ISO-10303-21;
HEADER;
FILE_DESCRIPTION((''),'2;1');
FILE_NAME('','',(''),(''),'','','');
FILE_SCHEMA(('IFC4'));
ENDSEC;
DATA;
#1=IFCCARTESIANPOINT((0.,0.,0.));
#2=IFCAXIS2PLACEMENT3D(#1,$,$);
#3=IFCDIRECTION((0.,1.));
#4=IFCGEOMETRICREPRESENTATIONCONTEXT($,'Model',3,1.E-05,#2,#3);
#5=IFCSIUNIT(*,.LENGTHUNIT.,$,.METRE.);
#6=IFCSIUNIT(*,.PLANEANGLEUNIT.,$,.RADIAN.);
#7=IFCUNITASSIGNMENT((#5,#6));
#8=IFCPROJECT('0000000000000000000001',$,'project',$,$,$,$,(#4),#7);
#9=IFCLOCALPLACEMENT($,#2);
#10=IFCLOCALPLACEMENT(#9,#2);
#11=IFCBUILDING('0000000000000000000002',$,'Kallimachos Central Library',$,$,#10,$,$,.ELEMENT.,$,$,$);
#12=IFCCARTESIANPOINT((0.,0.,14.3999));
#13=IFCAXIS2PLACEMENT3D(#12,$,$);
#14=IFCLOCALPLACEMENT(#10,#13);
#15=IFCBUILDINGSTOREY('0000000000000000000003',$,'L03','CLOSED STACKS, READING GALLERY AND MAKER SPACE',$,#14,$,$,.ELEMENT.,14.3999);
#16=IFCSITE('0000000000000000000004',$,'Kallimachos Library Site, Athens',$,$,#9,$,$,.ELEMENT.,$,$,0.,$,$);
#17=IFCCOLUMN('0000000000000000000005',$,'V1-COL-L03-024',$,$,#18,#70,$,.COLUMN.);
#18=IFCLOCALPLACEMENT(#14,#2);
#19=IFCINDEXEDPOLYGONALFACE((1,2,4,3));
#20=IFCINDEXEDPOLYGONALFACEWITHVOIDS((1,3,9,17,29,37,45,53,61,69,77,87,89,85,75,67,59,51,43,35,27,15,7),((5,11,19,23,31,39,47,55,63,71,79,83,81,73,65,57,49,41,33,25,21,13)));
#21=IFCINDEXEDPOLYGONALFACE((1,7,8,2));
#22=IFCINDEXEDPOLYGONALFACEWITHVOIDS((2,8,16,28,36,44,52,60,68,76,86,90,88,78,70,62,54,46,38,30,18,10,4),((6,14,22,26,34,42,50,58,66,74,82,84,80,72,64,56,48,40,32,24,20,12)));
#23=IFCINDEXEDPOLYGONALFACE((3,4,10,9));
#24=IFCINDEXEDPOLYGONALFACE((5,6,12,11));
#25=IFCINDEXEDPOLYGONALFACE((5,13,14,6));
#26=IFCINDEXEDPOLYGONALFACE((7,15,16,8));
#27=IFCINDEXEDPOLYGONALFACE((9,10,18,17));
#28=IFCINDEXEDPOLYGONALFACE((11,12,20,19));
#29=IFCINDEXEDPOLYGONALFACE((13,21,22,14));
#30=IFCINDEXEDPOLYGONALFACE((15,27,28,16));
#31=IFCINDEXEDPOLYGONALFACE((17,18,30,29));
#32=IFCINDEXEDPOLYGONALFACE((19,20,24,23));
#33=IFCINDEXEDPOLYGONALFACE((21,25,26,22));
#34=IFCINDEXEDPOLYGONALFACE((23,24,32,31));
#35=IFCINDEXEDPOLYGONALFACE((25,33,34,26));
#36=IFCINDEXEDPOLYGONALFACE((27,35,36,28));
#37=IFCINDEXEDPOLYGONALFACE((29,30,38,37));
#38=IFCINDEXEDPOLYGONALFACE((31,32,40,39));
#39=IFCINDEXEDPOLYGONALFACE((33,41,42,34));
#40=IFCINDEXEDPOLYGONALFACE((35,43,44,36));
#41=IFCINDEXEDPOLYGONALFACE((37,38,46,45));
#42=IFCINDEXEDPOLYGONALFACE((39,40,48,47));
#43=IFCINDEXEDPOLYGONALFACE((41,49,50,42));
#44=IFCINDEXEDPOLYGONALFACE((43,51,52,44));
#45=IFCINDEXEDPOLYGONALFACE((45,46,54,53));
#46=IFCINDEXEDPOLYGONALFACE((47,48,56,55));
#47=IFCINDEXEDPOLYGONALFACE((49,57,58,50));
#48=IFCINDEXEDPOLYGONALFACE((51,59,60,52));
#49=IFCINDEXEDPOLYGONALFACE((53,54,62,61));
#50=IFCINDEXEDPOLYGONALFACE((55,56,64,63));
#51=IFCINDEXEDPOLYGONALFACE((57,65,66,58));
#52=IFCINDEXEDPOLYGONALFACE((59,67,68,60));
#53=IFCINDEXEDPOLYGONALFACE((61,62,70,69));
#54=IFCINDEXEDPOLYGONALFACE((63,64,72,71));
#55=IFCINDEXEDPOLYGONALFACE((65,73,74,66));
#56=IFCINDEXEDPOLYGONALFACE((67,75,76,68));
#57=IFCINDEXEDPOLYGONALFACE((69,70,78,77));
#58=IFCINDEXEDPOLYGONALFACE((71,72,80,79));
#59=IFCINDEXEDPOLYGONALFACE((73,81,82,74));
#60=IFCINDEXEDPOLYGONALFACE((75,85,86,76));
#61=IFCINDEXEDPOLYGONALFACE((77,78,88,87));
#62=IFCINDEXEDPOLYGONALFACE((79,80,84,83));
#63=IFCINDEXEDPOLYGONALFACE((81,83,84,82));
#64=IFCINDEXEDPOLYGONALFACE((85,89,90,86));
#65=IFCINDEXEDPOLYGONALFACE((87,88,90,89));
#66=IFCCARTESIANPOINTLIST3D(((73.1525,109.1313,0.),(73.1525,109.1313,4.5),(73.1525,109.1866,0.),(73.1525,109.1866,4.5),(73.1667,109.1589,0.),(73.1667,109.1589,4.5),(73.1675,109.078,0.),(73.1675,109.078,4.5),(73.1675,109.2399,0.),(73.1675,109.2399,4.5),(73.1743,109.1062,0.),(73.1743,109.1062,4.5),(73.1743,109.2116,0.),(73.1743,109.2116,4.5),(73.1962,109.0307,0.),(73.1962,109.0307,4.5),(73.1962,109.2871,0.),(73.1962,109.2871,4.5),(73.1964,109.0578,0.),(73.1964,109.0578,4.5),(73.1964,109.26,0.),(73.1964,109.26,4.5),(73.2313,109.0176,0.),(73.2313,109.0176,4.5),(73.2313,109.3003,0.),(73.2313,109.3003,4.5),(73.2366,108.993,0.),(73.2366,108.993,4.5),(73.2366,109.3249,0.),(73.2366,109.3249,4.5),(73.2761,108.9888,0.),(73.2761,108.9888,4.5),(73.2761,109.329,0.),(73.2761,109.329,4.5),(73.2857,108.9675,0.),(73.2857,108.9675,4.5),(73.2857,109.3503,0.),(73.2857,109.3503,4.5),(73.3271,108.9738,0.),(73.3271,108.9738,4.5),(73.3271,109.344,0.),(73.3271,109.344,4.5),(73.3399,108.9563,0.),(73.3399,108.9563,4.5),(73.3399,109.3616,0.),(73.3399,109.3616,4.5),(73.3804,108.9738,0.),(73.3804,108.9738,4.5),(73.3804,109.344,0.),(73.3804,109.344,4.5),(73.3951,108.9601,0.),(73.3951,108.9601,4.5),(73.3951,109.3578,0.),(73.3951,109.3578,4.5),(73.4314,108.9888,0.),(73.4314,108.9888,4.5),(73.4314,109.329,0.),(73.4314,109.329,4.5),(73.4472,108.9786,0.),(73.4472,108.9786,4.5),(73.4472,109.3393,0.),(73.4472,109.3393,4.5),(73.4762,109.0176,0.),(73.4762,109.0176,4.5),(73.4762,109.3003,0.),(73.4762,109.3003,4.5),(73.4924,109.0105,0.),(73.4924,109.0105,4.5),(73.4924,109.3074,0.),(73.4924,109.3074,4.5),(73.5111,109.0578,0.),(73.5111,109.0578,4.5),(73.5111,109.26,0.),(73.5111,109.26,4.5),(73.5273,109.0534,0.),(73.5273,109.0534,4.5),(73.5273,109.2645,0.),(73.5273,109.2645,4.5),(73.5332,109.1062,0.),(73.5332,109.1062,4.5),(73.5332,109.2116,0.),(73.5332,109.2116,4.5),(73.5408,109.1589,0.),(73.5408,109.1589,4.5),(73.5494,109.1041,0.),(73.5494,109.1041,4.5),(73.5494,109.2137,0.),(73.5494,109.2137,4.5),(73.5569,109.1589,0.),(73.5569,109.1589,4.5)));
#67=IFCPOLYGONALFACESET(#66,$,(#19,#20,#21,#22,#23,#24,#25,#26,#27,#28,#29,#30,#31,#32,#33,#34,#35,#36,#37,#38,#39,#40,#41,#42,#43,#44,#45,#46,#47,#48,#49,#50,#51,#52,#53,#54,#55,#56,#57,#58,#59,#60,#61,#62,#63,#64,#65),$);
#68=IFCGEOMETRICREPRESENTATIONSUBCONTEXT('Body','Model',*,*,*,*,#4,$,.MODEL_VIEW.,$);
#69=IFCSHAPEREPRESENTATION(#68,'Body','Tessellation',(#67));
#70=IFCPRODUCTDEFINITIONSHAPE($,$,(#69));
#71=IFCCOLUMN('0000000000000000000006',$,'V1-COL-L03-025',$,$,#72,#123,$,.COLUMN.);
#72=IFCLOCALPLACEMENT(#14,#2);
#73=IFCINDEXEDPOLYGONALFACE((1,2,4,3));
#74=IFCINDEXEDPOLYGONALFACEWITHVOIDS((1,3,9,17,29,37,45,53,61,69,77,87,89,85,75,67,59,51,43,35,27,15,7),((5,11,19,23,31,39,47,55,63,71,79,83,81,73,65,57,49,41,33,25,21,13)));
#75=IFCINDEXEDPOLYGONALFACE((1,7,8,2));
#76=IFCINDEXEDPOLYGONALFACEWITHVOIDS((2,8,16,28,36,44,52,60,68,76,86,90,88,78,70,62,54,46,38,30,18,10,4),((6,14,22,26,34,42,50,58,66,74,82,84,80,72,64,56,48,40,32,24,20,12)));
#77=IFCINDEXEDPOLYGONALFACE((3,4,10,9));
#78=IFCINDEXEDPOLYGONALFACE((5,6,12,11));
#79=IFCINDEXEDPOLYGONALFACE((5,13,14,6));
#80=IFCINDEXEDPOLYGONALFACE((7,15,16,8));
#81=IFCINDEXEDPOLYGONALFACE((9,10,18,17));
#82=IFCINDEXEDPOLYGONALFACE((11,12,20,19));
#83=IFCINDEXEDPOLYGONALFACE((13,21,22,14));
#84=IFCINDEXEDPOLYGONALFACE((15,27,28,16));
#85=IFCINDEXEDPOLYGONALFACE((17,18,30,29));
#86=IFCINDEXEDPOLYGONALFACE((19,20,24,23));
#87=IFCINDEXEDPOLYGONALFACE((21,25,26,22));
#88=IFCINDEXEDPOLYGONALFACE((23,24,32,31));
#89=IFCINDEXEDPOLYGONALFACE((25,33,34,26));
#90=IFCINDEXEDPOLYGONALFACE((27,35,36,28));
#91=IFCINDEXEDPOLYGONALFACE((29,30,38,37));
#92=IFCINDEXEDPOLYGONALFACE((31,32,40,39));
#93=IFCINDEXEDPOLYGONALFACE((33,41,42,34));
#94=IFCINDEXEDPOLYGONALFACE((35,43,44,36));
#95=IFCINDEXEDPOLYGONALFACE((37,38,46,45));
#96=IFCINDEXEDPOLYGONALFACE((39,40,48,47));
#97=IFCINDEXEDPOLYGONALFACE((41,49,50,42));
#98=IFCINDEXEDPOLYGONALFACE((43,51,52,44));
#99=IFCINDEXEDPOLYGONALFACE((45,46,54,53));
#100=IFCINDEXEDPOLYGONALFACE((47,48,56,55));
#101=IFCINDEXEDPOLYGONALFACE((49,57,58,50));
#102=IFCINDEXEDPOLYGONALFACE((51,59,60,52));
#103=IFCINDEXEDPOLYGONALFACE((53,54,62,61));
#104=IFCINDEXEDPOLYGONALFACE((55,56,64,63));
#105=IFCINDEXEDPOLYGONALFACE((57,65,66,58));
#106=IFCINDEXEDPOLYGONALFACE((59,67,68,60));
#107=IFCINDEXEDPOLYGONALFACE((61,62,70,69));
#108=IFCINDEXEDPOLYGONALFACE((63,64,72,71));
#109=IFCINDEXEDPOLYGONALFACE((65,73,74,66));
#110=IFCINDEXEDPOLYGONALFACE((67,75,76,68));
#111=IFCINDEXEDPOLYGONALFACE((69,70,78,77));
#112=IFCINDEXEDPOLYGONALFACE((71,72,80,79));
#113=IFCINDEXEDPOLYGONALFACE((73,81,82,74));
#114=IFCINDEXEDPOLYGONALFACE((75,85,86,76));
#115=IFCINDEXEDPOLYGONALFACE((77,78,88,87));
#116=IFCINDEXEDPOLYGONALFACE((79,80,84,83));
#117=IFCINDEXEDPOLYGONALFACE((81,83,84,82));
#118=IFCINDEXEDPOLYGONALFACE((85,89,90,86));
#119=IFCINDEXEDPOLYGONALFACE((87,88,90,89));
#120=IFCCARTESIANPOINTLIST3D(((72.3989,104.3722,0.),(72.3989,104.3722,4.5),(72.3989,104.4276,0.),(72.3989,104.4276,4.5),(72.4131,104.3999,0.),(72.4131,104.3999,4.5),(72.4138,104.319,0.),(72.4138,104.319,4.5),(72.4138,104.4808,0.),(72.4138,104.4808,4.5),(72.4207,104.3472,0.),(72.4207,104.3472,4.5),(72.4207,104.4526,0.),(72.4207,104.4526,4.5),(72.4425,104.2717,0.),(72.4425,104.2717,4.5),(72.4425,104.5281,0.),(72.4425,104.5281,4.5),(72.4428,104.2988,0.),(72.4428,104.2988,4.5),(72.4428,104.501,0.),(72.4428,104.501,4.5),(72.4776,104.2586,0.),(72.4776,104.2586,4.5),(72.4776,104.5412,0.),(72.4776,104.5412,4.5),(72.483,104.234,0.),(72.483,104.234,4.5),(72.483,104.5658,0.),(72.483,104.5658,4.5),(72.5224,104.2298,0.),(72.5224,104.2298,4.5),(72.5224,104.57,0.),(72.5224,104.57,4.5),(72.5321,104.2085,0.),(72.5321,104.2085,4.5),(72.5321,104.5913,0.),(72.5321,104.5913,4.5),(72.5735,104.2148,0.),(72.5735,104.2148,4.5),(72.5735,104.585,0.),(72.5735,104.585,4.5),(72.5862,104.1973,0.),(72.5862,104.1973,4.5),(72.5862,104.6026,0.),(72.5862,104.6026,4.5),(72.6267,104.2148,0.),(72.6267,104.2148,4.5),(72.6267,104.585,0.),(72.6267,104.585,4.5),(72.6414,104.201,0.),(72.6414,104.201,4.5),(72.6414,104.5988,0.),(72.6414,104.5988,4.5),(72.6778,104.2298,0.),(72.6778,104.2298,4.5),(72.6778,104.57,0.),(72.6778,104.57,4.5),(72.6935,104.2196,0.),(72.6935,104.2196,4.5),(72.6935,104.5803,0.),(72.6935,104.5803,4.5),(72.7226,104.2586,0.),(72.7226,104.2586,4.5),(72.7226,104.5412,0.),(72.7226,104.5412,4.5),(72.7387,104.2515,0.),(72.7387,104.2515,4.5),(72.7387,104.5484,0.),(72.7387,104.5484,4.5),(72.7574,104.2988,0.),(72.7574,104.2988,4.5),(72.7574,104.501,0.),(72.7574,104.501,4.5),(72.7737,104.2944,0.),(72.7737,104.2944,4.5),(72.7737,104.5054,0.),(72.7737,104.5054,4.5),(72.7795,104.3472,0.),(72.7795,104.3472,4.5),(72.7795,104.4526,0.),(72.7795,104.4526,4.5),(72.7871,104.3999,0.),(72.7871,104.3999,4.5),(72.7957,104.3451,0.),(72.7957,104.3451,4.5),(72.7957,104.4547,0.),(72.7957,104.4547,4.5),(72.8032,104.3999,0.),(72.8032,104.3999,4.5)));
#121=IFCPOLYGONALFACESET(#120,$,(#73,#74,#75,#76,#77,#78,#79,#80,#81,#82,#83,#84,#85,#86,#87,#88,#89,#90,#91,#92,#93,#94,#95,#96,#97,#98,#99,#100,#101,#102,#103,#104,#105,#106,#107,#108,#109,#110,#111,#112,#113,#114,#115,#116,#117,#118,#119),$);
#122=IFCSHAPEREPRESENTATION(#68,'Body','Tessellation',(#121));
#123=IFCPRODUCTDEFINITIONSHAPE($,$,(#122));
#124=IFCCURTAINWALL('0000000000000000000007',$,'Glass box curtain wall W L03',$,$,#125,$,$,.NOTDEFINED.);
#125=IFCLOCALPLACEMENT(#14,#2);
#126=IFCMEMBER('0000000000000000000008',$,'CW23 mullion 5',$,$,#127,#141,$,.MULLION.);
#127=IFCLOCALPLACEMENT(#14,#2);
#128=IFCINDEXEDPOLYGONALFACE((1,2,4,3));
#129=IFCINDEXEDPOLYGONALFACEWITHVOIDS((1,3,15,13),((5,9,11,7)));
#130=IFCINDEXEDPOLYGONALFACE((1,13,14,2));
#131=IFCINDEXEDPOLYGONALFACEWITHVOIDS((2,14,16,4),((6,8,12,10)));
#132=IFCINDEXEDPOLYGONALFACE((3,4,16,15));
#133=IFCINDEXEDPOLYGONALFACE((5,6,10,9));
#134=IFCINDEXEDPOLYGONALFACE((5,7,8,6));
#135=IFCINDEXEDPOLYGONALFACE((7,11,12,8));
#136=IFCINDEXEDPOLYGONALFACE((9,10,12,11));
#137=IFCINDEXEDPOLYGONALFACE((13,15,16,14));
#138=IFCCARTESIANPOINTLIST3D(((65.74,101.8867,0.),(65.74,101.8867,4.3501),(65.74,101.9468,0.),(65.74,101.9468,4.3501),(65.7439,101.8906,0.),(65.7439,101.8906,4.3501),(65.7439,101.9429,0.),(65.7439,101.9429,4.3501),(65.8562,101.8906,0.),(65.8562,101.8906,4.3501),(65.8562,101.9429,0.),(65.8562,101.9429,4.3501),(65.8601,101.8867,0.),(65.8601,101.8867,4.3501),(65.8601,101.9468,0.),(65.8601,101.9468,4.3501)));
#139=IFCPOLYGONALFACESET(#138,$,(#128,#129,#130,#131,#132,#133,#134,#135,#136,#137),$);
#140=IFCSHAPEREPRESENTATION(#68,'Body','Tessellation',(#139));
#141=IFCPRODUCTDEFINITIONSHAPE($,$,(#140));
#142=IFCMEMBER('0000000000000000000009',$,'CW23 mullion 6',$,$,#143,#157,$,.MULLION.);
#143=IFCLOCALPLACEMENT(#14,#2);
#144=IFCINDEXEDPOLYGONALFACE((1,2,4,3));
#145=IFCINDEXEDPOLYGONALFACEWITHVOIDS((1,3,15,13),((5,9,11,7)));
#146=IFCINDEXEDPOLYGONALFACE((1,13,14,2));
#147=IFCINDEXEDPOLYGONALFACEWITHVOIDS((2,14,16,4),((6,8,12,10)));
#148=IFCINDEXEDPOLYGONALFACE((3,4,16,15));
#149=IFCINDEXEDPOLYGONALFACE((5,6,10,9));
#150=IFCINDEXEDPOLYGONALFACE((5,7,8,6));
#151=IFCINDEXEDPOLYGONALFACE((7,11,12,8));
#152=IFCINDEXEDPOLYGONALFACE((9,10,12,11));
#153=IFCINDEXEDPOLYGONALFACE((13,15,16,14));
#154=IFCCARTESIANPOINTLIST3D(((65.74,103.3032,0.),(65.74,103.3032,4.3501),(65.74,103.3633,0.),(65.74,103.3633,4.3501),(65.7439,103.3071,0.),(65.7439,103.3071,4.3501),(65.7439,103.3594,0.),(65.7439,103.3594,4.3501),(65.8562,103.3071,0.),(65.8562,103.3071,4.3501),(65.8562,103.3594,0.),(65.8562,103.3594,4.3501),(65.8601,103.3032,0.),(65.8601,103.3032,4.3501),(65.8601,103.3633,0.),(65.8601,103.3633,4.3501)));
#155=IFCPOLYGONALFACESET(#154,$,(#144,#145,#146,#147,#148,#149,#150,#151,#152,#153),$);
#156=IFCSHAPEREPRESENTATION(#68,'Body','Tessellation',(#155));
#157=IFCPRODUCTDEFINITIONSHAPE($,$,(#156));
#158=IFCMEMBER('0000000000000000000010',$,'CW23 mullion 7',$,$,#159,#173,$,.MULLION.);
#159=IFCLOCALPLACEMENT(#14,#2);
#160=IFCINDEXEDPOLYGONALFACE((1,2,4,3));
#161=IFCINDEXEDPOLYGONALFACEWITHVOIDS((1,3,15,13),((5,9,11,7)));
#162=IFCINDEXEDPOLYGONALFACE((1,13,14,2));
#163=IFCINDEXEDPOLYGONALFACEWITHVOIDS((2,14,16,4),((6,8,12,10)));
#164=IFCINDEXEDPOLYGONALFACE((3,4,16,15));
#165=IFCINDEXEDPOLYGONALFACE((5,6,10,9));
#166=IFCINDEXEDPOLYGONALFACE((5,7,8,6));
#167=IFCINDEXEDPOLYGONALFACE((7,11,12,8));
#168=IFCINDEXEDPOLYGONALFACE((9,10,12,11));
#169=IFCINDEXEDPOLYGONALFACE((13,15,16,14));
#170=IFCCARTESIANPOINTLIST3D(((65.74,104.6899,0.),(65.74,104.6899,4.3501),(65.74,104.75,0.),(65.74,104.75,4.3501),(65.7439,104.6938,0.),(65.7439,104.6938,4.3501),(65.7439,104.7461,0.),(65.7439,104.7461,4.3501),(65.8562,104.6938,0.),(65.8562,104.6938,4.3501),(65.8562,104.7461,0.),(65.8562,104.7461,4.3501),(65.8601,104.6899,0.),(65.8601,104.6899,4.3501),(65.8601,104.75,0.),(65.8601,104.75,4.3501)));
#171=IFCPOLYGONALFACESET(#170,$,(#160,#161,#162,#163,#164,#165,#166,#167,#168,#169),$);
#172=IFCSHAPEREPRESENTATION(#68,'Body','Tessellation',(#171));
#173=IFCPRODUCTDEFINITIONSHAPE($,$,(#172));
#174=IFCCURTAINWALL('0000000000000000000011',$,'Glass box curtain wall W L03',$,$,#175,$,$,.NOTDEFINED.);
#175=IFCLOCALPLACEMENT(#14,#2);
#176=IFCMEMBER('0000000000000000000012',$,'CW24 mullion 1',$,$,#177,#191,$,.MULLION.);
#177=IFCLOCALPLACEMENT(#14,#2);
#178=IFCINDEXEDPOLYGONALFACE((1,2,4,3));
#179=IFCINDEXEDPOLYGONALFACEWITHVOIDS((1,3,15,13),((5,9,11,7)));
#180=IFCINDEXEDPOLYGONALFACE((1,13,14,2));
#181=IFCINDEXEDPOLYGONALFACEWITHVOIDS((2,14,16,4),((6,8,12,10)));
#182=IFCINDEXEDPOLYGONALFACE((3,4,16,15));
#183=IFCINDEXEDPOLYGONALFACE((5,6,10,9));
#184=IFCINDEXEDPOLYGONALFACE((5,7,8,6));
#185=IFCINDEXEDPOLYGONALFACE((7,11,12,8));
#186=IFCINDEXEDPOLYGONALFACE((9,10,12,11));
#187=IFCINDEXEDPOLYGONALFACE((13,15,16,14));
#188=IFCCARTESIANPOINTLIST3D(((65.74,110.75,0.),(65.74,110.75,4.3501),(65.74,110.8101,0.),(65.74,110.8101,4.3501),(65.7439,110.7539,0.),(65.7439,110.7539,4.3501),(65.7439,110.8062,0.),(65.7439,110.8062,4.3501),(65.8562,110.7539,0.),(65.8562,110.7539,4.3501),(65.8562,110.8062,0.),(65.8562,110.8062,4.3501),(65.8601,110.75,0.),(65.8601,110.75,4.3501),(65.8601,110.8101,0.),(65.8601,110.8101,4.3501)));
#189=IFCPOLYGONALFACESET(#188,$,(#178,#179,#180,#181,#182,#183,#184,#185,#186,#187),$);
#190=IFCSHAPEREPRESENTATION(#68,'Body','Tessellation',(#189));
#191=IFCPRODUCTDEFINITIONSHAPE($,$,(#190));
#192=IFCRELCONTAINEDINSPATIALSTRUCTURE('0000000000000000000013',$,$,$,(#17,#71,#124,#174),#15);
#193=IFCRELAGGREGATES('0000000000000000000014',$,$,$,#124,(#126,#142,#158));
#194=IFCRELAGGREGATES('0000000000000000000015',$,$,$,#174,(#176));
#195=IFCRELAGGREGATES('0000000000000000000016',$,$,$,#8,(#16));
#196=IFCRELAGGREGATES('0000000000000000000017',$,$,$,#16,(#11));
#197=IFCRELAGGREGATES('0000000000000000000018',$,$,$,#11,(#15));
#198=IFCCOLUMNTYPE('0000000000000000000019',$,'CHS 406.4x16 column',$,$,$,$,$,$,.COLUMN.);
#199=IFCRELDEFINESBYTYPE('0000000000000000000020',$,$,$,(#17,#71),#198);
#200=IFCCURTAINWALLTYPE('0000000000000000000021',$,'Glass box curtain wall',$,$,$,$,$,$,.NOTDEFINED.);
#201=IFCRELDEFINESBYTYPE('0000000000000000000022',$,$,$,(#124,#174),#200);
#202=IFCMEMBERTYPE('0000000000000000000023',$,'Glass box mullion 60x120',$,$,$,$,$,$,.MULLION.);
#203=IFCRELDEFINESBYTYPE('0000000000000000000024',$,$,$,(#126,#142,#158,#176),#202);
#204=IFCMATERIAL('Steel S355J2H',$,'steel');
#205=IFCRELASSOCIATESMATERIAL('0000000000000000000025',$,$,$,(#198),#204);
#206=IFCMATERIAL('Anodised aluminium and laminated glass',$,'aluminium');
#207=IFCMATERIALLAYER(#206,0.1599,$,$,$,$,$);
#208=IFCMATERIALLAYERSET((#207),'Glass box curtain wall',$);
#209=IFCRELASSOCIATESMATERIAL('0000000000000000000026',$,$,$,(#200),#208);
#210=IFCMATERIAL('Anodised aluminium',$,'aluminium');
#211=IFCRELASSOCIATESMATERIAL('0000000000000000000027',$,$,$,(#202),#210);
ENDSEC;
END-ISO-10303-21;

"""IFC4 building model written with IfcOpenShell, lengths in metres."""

from ifc_helpers import new_model, si_unit, direction, frame, origin, origin_2d, place, context, subcontext, project, spatial, hollow_rectangle, hollow_circle, extrude, material, layer, layer_set, material_profile, profile_set, type_object, element, aggregate, save


model = new_model("IFC4")

# Units and contexts
model_context = context("Model", 3, precision=1e-05, world=origin(), true_north=direction((0.0, 1.0)))
body_context = subcontext(model_context, "Body", "Model", "MODEL_VIEW")
ifc_project = project(units=[si_unit("LENGTHUNIT", "METRE"), si_unit("PLANEANGLEUNIT", "RADIAN")], contexts=[model_context])

# Site, building, storey
site_placement = place(None, origin())
site = spatial("IfcSite", under=ifc_project, at=site_placement, Name="Kallimachos Library Site, Athens", CompositionType="ELEMENT", RefElevation=0.0)
building_placement = place(site_placement, origin())
building = spatial("IfcBuilding", under=site, at=building_placement, Name="Kallimachos Central Library", CompositionType="ELEMENT")
storey_placement = place(building_placement, frame((0.0, 0.0, 14.3999)))
storey = spatial("IfcBuildingStorey", under=building, at=storey_placement, Name="L03", Description="CLOSED STACKS, READING GALLERY AND MAKER SPACE", CompositionType="ELEMENT", Elevation=14.3999)

# Columns
ifc_material_1 = material(Name="Steel S355J2H", Category="steel")
ifc_material_profile_1 = material_profile(ifc_material_1, hollow_circle(Radius=0.2031, WallThickness=0.0161, at=origin_2d()), Name="CHS 406.4x16")
ifc_profile_set_1 = profile_set([ifc_material_profile_1], Name="Steel S355J2H")
column_type = type_object("IfcColumnType", Name="CHS 406.4x16 column", PredefinedType="COLUMN", material=ifc_profile_set_1)
for number, where, z_axis, x_axis, name in (
    (1, (73.3538, 109.1589, 0.0), (0.0, 0.0, 1.0), (1.0, 0.0, 0.0), "V1-COL-L03-024"),
    (2, (72.6001, 104.3999, 0.0), (0.0, 0.0, 1.0), (1.0, 0.0, 0.0), "V1-COL-L03-025"),
):
    element("IfcColumn", number, at=place(storey_placement, frame(where, z_axis=z_axis, x_axis=x_axis)), inside=storey, type_object=column_type, Name=name, PredefinedType="COLUMN", context=body_context, shape_type="SweptSolid", body=[
        extrude(hollow_circle(Radius=0.2031, WallThickness=0.0161, at=origin_2d()), origin(), (0.0, 0.0, 1.0), 4.5),
    ])

# Curtain wall, members
ifc_material_2 = material(Name="Anodised aluminium and laminated glass", Category="aluminium")
ifc_layer_1 = layer(ifc_material_2, 0.1599)
ifc_layer_set_1 = layer_set([ifc_layer_1], Name="Glass box curtain wall")
curtain_wall_type = type_object("IfcCurtainWallType", Name="Glass box curtain wall", PredefinedType="NOTDEFINED", material=ifc_layer_set_1)
curtain_wall_1_placement = place(storey_placement, origin())
curtain_wall_1 = element("IfcCurtainWall", 3, at=curtain_wall_1_placement, inside=storey, type_object=curtain_wall_type, Name="Glass box curtain wall W L03", PredefinedType="NOTDEFINED")
ifc_material_3 = material(Name="Anodised aluminium", Category="aluminium")
ifc_material_profile_2 = material_profile(ifc_material_3, hollow_rectangle(XDim=0.0601, YDim=0.1201, WallThickness=0.0039, at=origin_2d()), Name="ALU MULLION 60x120")
ifc_profile_set_2 = profile_set([ifc_material_profile_2], Name="Anodised aluminium")
member_type_1 = type_object("IfcMemberType", Name="Glass box mullion 60x120", PredefinedType="MULLION", material=ifc_profile_set_2)
member_1_placement = place(storey_placement, frame((65.8, 101.9167, 0.0), z_axis=(0.0, 0.0, 1.0), x_axis=(0.0, 1.0, 0.0)))
member_1 = element("IfcMember", 4, at=member_1_placement, type_object=member_type_1, Name="CW23 mullion 5", PredefinedType="MULLION", context=body_context, shape_type="SweptSolid", body=[
    extrude(hollow_rectangle(XDim=0.0601, YDim=0.1201, WallThickness=0.0039, at=origin_2d()), origin(), (0.0, 0.0, 1.0), 4.3501),
])
member_2_placement = place(storey_placement, frame((65.8, 103.3333, 0.0), z_axis=(0.0, 0.0, 1.0), x_axis=(0.0, 1.0, 0.0)))
member_2 = element("IfcMember", 5, at=member_2_placement, type_object=member_type_1, Name="CW23 mullion 6", PredefinedType="MULLION", context=body_context, shape_type="SweptSolid", body=[
    extrude(hollow_rectangle(XDim=0.0601, YDim=0.1201, WallThickness=0.0039, at=origin_2d()), origin(), (0.0, 0.0, 1.0), 4.3501),
])
member_3_placement = place(storey_placement, frame((65.8, 104.72, 0.0), z_axis=(0.0, 0.0, 1.0), x_axis=(0.0, 1.0, 0.0)))
member_3 = element("IfcMember", 6, at=member_3_placement, type_object=member_type_1, Name="CW23 mullion 7", PredefinedType="MULLION", context=body_context, shape_type="SweptSolid", body=[
    extrude(hollow_rectangle(XDim=0.0601, YDim=0.1201, WallThickness=0.0039, at=origin_2d()), origin(), (0.0, 0.0, 1.0), 4.3501),
])

# Curtain wall, member
curtain_wall_2_placement = place(storey_placement, origin())
curtain_wall_2 = element("IfcCurtainWall", 7, at=curtain_wall_2_placement, inside=storey, type_object=curtain_wall_type, Name="Glass box curtain wall W L03", PredefinedType="NOTDEFINED")
member_4_placement = place(storey_placement, frame((65.8, 110.78, 0.0), z_axis=(0.0, 0.0, 1.0), x_axis=(0.0, 1.0, 0.0)))
member_4 = element("IfcMember", 8, at=member_4_placement, type_object=member_type_1, Name="CW24 mullion 1", PredefinedType="MULLION", context=body_context, shape_type="SweptSolid", body=[
    extrude(hollow_rectangle(XDim=0.0601, YDim=0.1201, WallThickness=0.0039, at=origin_2d()), origin(), (0.0, 0.0, 1.0), 4.3501),
])

aggregate(curtain_wall_1, [member_1, member_2, member_3])
aggregate(curtain_wall_2, [member_4])

save(model, "model.ifc")
